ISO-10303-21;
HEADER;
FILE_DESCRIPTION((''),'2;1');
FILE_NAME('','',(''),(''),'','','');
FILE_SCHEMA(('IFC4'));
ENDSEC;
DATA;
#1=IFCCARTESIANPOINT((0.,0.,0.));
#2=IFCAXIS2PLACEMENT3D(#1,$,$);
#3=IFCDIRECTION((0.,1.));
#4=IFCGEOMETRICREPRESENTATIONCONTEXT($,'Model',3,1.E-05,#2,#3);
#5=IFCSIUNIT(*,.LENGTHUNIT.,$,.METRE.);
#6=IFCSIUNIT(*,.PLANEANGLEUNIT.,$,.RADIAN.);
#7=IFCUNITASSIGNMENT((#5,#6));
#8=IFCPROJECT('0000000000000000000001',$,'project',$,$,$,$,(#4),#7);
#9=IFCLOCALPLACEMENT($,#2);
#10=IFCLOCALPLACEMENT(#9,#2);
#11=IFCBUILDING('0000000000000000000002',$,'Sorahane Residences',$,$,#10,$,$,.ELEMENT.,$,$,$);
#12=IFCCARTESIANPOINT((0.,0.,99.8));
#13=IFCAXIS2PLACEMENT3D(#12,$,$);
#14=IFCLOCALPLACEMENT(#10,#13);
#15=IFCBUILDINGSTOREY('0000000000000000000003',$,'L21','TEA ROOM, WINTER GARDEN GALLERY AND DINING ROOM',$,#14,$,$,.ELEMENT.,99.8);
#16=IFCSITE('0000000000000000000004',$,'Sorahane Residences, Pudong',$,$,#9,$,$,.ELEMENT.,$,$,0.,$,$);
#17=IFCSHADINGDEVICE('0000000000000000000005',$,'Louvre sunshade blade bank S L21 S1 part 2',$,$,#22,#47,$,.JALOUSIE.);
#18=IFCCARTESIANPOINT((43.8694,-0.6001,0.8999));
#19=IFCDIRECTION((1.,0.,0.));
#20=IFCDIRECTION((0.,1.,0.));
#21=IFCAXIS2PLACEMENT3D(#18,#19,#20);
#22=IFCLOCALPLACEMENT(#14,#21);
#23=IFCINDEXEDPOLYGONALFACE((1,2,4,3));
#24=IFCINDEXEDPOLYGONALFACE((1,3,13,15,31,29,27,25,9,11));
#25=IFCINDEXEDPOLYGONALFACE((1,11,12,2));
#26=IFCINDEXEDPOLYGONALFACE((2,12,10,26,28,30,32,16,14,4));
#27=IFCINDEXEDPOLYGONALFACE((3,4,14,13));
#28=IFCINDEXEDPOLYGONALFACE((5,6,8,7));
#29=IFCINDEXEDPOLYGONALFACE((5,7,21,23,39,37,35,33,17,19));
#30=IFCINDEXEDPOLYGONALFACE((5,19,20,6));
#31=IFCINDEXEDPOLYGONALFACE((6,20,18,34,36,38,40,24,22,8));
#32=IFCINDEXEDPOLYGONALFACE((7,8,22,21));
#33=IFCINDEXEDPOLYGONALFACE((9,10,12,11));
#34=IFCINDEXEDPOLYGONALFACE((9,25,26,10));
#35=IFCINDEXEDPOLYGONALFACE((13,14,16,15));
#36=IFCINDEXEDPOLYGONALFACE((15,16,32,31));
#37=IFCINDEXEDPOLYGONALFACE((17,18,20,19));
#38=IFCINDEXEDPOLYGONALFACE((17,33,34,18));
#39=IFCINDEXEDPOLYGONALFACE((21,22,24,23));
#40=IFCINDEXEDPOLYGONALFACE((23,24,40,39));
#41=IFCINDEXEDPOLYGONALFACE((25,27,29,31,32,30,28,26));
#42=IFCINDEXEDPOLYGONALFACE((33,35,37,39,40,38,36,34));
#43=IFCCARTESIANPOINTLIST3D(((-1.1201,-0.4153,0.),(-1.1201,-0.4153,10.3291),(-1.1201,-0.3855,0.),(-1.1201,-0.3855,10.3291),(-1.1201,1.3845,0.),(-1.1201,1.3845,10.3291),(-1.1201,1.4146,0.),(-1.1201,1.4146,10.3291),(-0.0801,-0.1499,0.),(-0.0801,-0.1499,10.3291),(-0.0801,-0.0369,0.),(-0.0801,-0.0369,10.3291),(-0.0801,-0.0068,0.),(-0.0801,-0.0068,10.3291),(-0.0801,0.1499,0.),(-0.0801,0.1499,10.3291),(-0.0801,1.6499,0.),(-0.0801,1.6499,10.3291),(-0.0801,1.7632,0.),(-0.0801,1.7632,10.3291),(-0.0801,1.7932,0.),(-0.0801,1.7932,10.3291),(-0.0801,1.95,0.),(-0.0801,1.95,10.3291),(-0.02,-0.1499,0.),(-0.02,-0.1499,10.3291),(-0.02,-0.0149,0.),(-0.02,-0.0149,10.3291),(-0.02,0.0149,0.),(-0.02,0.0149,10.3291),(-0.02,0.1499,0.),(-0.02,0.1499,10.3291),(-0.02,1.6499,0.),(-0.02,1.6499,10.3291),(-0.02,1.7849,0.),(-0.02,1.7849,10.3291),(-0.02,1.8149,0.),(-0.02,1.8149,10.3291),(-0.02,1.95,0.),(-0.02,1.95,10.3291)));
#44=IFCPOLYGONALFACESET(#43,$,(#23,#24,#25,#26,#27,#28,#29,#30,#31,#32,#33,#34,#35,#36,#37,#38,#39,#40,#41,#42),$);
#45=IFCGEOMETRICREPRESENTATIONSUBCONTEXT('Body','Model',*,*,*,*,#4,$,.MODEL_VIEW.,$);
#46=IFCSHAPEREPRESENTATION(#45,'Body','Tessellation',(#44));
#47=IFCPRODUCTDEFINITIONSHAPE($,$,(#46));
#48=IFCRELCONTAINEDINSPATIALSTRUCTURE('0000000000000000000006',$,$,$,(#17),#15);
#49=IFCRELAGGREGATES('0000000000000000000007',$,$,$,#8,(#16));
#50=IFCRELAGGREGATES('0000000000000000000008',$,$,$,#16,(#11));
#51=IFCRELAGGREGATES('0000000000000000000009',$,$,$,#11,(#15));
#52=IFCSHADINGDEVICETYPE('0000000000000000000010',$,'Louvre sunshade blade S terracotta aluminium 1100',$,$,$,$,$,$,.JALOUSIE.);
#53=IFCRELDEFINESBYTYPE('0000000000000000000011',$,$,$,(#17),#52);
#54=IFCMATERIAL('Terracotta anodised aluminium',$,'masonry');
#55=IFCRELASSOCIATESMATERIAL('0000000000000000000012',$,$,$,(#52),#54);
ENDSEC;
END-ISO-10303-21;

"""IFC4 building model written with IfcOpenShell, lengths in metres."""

from ifc_helpers import new_model, si_unit, direction, frame, origin, place, context, subcontext, project, spatial, polyline, outline, composite_profile, extrude, material, type_object, element, save


model = new_model("IFC4")

# Units and contexts
model_context = context("Model", 3, precision=1e-05, world=origin(), true_north=direction((0.0, 1.0)))
body_context = subcontext(model_context, "Body", "Model", "MODEL_VIEW")
ifc_project = project(units=[si_unit("LENGTHUNIT", "METRE"), si_unit("PLANEANGLEUNIT", "RADIAN")], contexts=[model_context])

# Site, building, storey
site_placement = place(None, origin())
site = spatial("IfcSite", under=ifc_project, at=site_placement, Name="Sorahane Residences, Pudong", CompositionType="ELEMENT", RefElevation=0.0)
building_placement = place(site_placement, origin())
building = spatial("IfcBuilding", under=site, at=building_placement, Name="Sorahane Residences", CompositionType="ELEMENT")
storey_placement = place(building_placement, frame((0.0, 0.0, 99.8)))
storey = spatial("IfcBuildingStorey", under=building, at=storey_placement, Name="L21", Description="TEA ROOM, WINTER GARDEN GALLERY AND DINING ROOM", CompositionType="ELEMENT", Elevation=99.8)

# Shading device
ifc_material_1 = material(Name="Terracotta anodised aluminium", Category="masonry")
shading_device_type = type_object("IfcShadingDeviceType", Name="Louvre sunshade blade S terracotta aluminium 1100", PredefinedType="JALOUSIE", material=ifc_material_1)
shading_device_placement = place(storey_placement, frame((43.8694, -0.6001, 0.8999), z_axis=(1.0, 0.0, 0.0), x_axis=(0.0, 1.0, 0.0)))
element("IfcShadingDevice", 1, at=shading_device_placement, inside=storey, type_object=shading_device_type, Name="Louvre sunshade blade bank S L21 S1 part 2", PredefinedType="JALOUSIE", context=body_context, shape_type="SweptSolid", body=[
    extrude(composite_profile([outline(polyline([(-1.1201, -0.3855), (-1.1201, -0.4153), (-0.0801, -0.0369), (-0.0801, -0.1499), (-0.02, -0.1499), (-0.02, -0.0149), (-0.02, 0.0149), (-0.02, 0.1499), (-0.0801, 0.1499), (-0.0801, -0.0068), (-1.1201, -0.3855)])), outline(polyline([(-1.1201, 1.4146), (-1.1201, 1.3845), (-0.0801, 1.7632), (-0.0801, 1.6499), (-0.02, 1.6499), (-0.02, 1.7849), (-0.02, 1.8149), (-0.02, 1.95), (-0.0801, 1.95), (-0.0801, 1.7932), (-1.1201, 1.4146)]))]), origin(), (0.0, 0.0, 1.0), 10.3291),
])

save(model, "model.ifc")
